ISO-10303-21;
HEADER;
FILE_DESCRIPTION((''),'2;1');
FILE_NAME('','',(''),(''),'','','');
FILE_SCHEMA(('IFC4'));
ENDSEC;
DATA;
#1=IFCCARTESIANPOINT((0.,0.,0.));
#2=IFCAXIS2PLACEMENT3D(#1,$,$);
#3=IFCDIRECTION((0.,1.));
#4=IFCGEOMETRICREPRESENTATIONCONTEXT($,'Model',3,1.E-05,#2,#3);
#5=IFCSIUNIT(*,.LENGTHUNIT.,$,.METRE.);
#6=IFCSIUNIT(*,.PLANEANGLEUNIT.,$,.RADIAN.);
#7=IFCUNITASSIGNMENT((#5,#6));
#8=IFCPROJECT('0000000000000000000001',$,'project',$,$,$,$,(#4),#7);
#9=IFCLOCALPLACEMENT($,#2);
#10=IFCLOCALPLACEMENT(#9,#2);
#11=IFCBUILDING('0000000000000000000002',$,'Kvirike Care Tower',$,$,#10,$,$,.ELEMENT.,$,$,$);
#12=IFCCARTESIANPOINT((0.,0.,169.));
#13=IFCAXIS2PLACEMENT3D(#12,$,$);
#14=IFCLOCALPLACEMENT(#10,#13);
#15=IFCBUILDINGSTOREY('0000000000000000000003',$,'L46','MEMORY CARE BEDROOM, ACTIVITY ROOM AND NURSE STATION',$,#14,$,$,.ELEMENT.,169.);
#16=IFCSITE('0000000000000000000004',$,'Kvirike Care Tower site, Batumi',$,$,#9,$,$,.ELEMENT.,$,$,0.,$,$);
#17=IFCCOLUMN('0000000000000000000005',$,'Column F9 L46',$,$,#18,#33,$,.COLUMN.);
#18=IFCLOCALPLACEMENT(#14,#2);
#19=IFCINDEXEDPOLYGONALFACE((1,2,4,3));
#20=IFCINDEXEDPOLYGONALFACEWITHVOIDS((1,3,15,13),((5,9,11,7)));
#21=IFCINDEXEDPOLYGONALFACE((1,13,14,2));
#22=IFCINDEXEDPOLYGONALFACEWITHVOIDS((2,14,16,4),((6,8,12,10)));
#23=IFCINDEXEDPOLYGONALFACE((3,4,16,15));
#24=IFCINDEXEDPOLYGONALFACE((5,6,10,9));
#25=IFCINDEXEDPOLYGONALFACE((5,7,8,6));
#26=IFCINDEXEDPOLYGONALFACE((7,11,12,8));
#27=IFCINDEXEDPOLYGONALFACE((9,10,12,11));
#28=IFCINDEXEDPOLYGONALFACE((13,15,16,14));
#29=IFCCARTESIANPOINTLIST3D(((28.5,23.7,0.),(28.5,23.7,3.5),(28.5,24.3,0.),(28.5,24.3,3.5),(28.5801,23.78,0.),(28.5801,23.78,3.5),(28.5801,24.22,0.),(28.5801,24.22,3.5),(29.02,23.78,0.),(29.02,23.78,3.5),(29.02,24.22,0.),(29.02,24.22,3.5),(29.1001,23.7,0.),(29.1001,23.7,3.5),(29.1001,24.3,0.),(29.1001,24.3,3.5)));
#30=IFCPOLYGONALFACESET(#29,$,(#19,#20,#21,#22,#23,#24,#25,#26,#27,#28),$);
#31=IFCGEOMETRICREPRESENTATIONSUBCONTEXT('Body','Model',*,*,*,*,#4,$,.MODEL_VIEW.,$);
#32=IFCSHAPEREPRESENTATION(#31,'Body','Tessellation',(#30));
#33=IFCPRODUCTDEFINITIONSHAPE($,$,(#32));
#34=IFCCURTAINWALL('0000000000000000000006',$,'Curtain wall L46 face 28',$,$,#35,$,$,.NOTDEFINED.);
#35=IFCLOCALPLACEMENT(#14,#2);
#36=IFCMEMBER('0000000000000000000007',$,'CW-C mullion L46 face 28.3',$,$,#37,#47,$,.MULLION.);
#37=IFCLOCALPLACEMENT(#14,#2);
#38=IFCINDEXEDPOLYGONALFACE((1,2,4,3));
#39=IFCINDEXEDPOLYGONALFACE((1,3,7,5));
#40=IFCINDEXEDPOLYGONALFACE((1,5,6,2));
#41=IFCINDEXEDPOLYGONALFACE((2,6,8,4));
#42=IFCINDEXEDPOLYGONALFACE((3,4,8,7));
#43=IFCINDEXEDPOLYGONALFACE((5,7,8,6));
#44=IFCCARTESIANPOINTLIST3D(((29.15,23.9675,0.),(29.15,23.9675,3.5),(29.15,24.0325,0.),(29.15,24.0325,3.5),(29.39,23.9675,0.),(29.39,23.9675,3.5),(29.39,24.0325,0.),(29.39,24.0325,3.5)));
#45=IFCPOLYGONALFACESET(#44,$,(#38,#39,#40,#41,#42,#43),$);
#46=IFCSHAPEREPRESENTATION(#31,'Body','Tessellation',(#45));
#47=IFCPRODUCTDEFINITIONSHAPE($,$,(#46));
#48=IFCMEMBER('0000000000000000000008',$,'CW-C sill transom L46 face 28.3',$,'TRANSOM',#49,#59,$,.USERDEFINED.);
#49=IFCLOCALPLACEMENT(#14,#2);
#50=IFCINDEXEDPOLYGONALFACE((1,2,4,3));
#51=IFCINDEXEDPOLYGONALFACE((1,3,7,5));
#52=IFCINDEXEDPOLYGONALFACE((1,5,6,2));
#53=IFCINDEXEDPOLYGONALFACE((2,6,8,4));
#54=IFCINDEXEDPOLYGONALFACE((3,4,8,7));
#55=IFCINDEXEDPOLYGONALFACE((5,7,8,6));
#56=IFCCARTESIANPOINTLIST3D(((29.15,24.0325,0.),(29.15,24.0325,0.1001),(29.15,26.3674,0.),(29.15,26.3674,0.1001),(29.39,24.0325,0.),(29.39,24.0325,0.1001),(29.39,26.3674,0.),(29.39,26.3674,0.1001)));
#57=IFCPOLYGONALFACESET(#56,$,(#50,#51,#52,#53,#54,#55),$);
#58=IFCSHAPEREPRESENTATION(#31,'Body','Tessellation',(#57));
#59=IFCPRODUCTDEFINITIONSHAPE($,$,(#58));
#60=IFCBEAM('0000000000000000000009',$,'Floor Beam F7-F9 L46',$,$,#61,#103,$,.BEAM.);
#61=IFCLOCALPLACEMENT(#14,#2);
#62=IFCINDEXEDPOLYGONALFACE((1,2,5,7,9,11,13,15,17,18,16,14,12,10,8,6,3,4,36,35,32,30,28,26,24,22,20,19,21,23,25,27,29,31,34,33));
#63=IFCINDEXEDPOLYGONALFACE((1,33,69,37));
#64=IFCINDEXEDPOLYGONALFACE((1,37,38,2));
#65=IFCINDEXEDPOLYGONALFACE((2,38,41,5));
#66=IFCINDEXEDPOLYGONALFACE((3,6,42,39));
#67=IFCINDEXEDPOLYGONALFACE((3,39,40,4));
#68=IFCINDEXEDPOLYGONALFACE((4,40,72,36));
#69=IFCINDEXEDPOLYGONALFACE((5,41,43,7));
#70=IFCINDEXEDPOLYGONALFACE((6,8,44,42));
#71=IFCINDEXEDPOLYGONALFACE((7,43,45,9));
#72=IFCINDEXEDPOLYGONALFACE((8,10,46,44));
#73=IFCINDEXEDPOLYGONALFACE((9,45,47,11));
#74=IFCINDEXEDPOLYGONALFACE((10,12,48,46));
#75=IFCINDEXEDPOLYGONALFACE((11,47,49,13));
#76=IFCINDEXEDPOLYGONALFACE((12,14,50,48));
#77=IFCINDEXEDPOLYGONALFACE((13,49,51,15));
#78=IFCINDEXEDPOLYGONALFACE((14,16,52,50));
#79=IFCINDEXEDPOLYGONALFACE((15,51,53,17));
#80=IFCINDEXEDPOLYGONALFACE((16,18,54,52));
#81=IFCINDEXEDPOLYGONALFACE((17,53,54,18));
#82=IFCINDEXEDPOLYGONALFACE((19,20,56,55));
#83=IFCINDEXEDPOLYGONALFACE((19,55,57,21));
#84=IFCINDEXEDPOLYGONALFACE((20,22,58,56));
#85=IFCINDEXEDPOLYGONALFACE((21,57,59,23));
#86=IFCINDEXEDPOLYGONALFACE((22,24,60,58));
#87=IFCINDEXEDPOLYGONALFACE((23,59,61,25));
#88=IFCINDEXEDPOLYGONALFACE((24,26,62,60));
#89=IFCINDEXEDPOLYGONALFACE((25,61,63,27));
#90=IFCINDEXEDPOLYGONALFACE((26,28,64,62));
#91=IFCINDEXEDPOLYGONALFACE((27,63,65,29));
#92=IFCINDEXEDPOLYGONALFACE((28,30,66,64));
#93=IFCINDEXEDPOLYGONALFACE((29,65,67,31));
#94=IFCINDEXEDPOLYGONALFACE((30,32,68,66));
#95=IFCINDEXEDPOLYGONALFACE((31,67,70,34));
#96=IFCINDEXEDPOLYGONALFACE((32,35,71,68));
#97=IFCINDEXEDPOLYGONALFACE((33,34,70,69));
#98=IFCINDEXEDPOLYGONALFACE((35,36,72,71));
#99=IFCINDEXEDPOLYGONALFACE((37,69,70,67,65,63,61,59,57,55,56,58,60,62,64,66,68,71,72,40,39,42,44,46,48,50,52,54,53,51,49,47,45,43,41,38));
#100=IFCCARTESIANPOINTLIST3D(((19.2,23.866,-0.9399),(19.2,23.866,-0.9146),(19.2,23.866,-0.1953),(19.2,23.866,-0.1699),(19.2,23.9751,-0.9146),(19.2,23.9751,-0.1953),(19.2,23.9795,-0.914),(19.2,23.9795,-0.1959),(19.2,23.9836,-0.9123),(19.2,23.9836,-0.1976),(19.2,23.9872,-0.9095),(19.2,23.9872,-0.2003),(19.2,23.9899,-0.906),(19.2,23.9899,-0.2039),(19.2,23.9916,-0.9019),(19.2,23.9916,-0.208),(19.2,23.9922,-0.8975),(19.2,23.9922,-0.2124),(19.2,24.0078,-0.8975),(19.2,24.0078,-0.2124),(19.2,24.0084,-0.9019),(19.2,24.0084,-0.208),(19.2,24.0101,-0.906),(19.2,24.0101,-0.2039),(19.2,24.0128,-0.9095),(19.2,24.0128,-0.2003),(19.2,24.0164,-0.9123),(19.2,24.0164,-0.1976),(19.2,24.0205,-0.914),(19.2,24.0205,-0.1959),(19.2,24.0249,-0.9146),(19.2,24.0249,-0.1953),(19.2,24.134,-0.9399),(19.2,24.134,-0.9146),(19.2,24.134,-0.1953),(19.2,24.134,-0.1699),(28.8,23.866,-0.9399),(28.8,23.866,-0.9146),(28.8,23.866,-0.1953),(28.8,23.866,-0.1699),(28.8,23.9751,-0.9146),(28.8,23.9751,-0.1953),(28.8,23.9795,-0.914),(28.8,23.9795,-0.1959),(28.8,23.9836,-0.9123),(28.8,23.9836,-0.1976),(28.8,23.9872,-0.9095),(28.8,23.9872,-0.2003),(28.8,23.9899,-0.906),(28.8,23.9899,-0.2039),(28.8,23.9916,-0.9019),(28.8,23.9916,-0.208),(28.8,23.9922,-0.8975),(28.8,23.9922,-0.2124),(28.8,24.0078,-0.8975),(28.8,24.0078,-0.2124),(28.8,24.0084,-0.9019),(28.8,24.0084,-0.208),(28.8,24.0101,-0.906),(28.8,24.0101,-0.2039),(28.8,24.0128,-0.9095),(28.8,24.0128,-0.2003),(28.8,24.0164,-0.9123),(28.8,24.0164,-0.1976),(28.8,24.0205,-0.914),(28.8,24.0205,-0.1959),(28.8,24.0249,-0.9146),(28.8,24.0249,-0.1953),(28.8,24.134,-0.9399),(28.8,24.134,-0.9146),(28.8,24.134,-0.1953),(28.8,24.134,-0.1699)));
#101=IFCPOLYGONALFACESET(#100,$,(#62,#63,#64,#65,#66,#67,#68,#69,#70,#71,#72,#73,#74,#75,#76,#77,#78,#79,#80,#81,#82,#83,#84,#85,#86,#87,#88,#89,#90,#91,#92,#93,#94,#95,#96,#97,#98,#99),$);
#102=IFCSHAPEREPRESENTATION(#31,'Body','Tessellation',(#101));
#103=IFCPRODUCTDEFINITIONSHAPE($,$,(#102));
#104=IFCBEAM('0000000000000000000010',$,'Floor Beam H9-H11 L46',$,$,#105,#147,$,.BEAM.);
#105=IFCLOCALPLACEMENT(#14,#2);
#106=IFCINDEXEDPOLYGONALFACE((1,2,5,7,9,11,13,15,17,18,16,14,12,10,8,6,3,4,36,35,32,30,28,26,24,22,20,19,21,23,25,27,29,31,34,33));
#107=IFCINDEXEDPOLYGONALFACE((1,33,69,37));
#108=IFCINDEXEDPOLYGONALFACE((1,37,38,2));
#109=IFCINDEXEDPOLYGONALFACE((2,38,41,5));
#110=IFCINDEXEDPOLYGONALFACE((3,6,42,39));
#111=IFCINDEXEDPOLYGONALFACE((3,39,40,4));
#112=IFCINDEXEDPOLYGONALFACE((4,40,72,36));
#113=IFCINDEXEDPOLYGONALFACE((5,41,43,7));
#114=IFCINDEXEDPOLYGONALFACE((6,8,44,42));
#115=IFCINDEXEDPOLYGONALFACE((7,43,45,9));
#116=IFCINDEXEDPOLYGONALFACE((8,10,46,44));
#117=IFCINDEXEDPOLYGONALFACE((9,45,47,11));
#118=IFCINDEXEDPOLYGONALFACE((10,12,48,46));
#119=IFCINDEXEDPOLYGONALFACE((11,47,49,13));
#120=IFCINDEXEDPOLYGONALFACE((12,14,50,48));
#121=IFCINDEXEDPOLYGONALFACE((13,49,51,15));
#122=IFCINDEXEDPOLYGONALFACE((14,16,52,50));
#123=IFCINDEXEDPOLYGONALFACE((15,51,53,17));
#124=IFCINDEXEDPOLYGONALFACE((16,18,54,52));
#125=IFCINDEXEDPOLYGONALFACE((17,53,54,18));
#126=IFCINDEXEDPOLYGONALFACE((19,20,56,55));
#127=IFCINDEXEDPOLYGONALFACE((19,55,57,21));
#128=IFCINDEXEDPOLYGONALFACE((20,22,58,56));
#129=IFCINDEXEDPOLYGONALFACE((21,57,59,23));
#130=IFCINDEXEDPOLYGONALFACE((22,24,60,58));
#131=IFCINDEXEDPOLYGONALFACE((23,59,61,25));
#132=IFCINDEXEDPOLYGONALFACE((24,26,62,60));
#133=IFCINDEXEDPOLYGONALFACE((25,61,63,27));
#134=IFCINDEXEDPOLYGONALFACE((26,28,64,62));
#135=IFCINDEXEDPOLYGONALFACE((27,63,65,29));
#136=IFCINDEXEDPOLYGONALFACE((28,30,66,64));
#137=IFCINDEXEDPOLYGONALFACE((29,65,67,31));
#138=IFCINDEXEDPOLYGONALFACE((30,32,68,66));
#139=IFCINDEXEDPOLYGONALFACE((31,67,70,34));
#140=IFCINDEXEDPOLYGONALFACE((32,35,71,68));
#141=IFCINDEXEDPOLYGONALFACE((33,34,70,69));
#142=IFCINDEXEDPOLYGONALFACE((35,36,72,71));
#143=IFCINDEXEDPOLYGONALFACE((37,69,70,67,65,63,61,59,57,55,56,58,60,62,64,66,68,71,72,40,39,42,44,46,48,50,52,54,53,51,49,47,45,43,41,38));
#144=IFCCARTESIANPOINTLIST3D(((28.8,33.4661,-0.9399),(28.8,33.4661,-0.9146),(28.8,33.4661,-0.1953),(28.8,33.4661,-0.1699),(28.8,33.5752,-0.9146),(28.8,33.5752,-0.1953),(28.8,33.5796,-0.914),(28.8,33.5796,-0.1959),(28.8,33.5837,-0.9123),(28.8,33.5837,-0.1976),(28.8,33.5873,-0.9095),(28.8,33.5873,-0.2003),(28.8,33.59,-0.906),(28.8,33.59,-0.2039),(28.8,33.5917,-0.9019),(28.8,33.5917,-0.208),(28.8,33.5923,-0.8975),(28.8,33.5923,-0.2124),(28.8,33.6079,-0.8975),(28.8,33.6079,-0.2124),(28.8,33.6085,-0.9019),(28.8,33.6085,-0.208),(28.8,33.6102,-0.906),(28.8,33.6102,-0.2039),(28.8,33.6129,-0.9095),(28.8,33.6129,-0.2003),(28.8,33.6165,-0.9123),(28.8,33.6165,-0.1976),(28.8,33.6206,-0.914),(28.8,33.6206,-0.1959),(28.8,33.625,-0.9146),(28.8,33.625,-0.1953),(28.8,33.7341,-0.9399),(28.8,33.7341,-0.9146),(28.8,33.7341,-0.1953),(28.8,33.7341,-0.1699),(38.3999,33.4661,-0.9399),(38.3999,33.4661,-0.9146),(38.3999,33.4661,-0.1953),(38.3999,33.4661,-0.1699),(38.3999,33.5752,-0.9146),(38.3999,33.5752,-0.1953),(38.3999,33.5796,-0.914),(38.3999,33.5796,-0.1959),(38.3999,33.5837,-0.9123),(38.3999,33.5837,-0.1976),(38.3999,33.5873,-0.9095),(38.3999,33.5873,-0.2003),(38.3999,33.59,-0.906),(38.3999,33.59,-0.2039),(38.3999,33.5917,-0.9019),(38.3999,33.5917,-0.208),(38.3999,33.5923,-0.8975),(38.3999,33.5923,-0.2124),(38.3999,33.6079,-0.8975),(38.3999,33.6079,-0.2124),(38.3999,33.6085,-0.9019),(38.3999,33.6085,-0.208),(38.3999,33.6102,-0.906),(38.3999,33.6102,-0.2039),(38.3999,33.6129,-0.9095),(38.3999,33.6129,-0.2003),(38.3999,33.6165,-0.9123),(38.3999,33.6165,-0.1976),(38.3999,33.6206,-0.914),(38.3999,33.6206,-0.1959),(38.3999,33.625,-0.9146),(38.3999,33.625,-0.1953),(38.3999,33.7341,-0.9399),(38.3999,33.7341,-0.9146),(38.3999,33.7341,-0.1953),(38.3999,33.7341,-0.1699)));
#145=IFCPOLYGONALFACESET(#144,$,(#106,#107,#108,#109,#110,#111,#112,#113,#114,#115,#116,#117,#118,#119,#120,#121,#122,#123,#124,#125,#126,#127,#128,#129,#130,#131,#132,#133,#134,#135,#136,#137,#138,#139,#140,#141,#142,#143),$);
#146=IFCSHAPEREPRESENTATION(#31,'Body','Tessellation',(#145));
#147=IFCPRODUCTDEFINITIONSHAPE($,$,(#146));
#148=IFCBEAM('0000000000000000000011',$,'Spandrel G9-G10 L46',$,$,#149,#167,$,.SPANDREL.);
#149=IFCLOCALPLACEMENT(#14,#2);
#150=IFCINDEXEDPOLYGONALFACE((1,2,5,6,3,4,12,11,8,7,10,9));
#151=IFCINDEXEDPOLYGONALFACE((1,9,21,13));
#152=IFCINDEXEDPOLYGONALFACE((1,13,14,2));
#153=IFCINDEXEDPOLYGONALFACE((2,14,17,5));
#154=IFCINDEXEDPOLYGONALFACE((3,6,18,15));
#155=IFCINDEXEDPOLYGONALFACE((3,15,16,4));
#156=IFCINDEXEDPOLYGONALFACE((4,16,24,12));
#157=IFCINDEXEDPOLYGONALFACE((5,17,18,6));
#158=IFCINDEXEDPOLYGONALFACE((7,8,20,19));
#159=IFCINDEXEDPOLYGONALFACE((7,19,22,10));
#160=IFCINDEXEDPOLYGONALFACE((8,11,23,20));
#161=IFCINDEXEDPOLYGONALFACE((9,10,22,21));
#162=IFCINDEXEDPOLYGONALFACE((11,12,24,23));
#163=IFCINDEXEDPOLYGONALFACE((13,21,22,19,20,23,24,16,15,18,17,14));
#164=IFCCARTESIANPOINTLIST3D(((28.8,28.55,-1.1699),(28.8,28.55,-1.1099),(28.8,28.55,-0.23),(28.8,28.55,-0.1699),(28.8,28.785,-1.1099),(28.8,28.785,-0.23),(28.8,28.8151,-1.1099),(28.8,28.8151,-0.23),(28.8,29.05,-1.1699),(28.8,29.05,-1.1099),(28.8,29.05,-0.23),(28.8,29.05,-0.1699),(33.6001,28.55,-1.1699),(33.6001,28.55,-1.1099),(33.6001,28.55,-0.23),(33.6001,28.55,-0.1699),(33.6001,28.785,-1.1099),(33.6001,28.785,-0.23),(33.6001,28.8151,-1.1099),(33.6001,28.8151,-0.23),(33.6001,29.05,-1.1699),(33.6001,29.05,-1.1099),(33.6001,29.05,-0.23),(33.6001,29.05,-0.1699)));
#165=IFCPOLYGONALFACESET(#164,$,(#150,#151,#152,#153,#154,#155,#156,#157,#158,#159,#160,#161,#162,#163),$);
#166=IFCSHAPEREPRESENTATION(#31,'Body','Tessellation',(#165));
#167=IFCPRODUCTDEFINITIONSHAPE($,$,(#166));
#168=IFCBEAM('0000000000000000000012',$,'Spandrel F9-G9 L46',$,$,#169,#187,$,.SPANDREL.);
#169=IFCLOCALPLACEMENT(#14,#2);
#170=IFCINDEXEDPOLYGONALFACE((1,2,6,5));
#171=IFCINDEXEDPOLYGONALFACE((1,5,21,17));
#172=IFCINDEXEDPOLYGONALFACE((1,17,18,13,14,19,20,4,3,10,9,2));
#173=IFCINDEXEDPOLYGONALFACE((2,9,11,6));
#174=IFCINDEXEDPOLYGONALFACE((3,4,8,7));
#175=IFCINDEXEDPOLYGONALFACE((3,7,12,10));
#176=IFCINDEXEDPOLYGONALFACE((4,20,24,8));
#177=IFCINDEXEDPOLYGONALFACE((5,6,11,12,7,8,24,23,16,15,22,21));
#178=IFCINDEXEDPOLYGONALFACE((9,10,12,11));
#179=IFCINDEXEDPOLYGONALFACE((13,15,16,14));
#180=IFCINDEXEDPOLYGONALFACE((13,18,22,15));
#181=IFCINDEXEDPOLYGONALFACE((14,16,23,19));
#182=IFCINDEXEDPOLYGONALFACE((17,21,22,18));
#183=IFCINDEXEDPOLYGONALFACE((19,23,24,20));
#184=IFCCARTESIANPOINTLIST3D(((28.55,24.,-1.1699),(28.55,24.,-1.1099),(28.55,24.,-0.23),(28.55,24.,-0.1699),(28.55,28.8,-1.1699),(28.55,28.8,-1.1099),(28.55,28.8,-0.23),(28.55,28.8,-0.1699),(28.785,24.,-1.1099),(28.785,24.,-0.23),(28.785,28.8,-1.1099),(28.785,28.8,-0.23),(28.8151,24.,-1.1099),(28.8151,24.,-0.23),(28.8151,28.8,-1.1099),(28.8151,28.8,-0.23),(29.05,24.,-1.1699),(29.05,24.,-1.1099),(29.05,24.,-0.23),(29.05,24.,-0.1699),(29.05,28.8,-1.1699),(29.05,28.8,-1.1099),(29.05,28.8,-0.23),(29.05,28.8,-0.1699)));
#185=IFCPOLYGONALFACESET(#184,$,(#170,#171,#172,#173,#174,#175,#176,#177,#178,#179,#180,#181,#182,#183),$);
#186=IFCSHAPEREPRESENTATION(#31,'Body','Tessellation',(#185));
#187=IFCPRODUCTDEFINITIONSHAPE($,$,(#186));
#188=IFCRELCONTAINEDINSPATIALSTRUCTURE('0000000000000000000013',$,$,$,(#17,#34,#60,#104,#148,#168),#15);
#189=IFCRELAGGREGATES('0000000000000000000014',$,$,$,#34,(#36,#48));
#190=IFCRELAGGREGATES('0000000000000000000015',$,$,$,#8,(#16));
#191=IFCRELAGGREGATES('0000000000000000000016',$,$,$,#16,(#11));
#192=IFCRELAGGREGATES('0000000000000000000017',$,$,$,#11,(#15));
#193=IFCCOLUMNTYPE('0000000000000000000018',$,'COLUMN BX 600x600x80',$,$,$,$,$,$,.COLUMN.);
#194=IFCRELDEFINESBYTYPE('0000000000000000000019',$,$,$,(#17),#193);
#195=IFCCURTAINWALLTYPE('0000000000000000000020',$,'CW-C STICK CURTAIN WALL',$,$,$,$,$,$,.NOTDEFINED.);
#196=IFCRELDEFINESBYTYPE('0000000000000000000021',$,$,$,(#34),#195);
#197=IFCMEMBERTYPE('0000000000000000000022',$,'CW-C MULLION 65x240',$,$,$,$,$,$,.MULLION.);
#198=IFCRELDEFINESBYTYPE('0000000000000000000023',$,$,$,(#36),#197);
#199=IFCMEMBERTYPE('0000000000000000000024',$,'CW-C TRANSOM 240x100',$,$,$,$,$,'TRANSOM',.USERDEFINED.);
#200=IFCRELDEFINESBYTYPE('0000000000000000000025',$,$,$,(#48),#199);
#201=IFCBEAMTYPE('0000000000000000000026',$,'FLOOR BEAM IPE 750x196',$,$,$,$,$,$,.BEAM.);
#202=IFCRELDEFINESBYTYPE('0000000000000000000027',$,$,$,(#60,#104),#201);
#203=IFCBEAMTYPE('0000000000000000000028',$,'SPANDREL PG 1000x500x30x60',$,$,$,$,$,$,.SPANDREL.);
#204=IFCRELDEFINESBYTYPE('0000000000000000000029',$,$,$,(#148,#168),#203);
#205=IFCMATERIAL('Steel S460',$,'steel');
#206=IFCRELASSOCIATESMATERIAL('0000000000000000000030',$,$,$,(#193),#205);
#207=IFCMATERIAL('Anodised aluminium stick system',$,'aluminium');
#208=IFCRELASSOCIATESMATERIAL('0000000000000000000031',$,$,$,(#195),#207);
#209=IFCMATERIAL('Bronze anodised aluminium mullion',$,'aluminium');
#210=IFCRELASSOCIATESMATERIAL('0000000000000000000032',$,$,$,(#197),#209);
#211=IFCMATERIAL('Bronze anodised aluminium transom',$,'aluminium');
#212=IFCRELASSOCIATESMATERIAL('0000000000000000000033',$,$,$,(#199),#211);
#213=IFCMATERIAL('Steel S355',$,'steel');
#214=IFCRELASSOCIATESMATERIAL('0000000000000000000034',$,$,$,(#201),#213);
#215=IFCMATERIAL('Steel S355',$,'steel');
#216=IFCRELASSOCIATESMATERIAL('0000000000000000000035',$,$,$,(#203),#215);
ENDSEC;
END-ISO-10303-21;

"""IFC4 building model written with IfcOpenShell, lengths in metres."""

from ifc_helpers import new_model, si_unit, direction, frame, origin, origin_2d, place, context, subcontext, project, spatial, rectangle, hollow_rectangle, i_section, extrude, material, material_profile, profile_set, type_object, element, aggregate, save


model = new_model("IFC4")

# Units and contexts
model_context = context("Model", 3, precision=1e-05, world=origin(), true_north=direction((0.0, 1.0)))
body_context = subcontext(model_context, "Body", "Model", "MODEL_VIEW")
ifc_project = project(units=[si_unit("LENGTHUNIT", "METRE"), si_unit("PLANEANGLEUNIT", "RADIAN")], contexts=[model_context])

# Site, building, storey
site_placement = place(None, origin())
site = spatial("IfcSite", under=ifc_project, at=site_placement, Name="Kvirike Care Tower site, Batumi", CompositionType="ELEMENT", RefElevation=0.0)
building_placement = place(site_placement, origin())
building = spatial("IfcBuilding", under=site, at=building_placement, Name="Kvirike Care Tower", CompositionType="ELEMENT")
storey_placement = place(building_placement, frame((0.0, 0.0, 169.0)))
storey = spatial("IfcBuildingStorey", under=building, at=storey_placement, Name="L46", Description="MEMORY CARE BEDROOM, ACTIVITY ROOM AND NURSE STATION", CompositionType="ELEMENT", Elevation=169.0)

# Column
ifc_material_1 = material(Name="Steel S460", Category="steel")
ifc_material_profile_1 = material_profile(ifc_material_1, hollow_rectangle(XDim=0.6001, YDim=0.6001, WallThickness=0.0801, at=origin_2d()), Name="BX 600x600x80")
ifc_profile_set_1 = profile_set([ifc_material_profile_1], Name="Steel S460")
column_type = type_object("IfcColumnType", Name="COLUMN BX 600x600x80", PredefinedType="COLUMN", material=ifc_profile_set_1)
column_placement = place(storey_placement, frame((28.8, 24.0, 0.0), z_axis=(0.0, 0.0, 1.0), x_axis=(1.0, 0.0, 0.0)))
element("IfcColumn", 1, at=column_placement, inside=storey, type_object=column_type, Name="Column F9 L46", PredefinedType="COLUMN", context=body_context, shape_type="SweptSolid", body=[
    extrude(hollow_rectangle(XDim=0.6001, YDim=0.6001, WallThickness=0.0801, at=origin_2d()), origin(), (0.0, 0.0, 1.0), 3.5),
])

# Curtain wall, members
ifc_material_2 = material(Name="Anodised aluminium stick system", Category="aluminium")
curtain_wall_type = type_object("IfcCurtainWallType", Name="CW-C STICK CURTAIN WALL", PredefinedType="NOTDEFINED", material=ifc_material_2)
curtain_wall_placement = place(storey_placement, origin())
curtain_wall = element("IfcCurtainWall", 2, at=curtain_wall_placement, inside=storey, type_object=curtain_wall_type, Name="Curtain wall L46 face 28", PredefinedType="NOTDEFINED")
ifc_material_3 = material(Name="Bronze anodised aluminium mullion", Category="aluminium")
ifc_material_profile_2 = material_profile(ifc_material_3, rectangle(XDim=0.0649, YDim=0.24, at=origin_2d()), Name="CW-C MULLION 65x240")
ifc_profile_set_2 = profile_set([ifc_material_profile_2], Name="Bronze anodised aluminium mullion")
member_type_1 = type_object("IfcMemberType", Name="CW-C MULLION 65x240", PredefinedType="MULLION", material=ifc_profile_set_2)
member_1_placement = place(storey_placement, frame((29.27, 24.0, 0.0), z_axis=(0.0, 0.0, 1.0), x_axis=(0.0, 1.0, 0.0)))
member_1 = element("IfcMember", 3, at=member_1_placement, type_object=member_type_1, Name="CW-C mullion L46 face 28.3", PredefinedType="MULLION", context=body_context, shape_type="SweptSolid", body=[
    extrude(rectangle(XDim=0.0649, YDim=0.24, at=origin_2d()), origin(), (0.0, 0.0, 1.0), 3.5),
])
ifc_material_4 = material(Name="Bronze anodised aluminium transom", Category="aluminium")
ifc_material_profile_3 = material_profile(ifc_material_4, rectangle(XDim=0.24, YDim=0.1001, at=origin_2d()), Name="CW-C TRANSOM 240x100")
ifc_profile_set_3 = profile_set([ifc_material_profile_3], Name="Bronze anodised aluminium transom")
member_type_2 = type_object("IfcMemberType", Name="CW-C TRANSOM 240x100", ElementType="TRANSOM", PredefinedType="USERDEFINED", material=ifc_profile_set_3)
member_2_placement = place(storey_placement, frame((29.27, 24.0325, 0.05), z_axis=(0.0, 1.0, 0.0), x_axis=(-1.0, 0.0, 0.0)))
member_2 = element("IfcMember", 4, at=member_2_placement, type_object=member_type_2, Name="CW-C sill transom L46 face 28.3", ObjectType="TRANSOM", PredefinedType="USERDEFINED", context=body_context, shape_type="SweptSolid", body=[
    extrude(rectangle(XDim=0.24, YDim=0.1001, at=origin_2d()), origin(), (0.0, 0.0, 1.0), 2.335),
])

# Beams
ifc_material_5 = material(Name="Steel S355", Category="steel")
ifc_material_profile_4 = material_profile(ifc_material_5, i_section(OverallWidth=0.2681, OverallDepth=0.77, WebThickness=0.0156, FlangeThickness=0.0254, FilletRadius=0.0171, at=origin_2d()), Name="IPE 750x196")
ifc_profile_set_4 = profile_set([ifc_material_profile_4], Name="Steel S355")
beam_type_1 = type_object("IfcBeamType", Name="FLOOR BEAM IPE 750x196", PredefinedType="BEAM", material=ifc_profile_set_4)
beam_1_placement = place(storey_placement, frame((19.2, 24.0, -0.5549), z_axis=(1.0, 0.0, 0.0), x_axis=(0.0, 1.0, 0.0)))
element("IfcBeam", 5, at=beam_1_placement, inside=storey, type_object=beam_type_1, Name="Floor Beam F7-F9 L46", PredefinedType="BEAM", context=body_context, shape_type="SweptSolid", body=[
    extrude(i_section(OverallWidth=0.2681, OverallDepth=0.77, WebThickness=0.0156, FlangeThickness=0.0254, FilletRadius=0.0171, at=origin_2d()), origin(), (0.0, 0.0, 1.0), 9.6001),
])
beam_2_placement = place(storey_placement, frame((28.8, 33.6001, -0.5549), z_axis=(1.0, 0.0, 0.0), x_axis=(0.0, 1.0, 0.0)))
element("IfcBeam", 6, at=beam_2_placement, inside=storey, type_object=beam_type_1, Name="Floor Beam H9-H11 L46", PredefinedType="BEAM", context=body_context, shape_type="SweptSolid", body=[
    extrude(i_section(OverallWidth=0.2681, OverallDepth=0.77, WebThickness=0.0156, FlangeThickness=0.0254, FilletRadius=0.0171, at=origin_2d()), origin(), (0.0, 0.0, 1.0), 9.5999),
])
ifc_material_6 = material(Name="Steel S355", Category="steel")
ifc_material_profile_5 = material_profile(ifc_material_6, i_section(OverallWidth=0.5, OverallDepth=1.0, WebThickness=0.03, FlangeThickness=0.0601, at=origin_2d()), Name="PG 1000x500x30x60")
ifc_profile_set_5 = profile_set([ifc_material_profile_5], Name="Steel S355")
beam_type_2 = type_object("IfcBeamType", Name="SPANDREL PG 1000x500x30x60", PredefinedType="SPANDREL", material=ifc_profile_set_5)
for number, where, z_axis, x_axis, name in (
    (7, (28.8, 28.8, -0.6699), (1.0, 0.0, 0.0), (0.0, 1.0, 0.0), "Spandrel G9-G10 L46"),
    (8, (28.8, 24.0, -0.6699), (0.0, 1.0, 0.0), (-1.0, 0.0, 0.0), "Spandrel F9-G9 L46"),
):
    element("IfcBeam", number, at=place(storey_placement, frame(where, z_axis=z_axis, x_axis=x_axis)), inside=storey, type_object=beam_type_2, Name=name, PredefinedType="SPANDREL", context=body_context, shape_type="SweptSolid", body=[
        extrude(i_section(OverallWidth=0.5, OverallDepth=1.0, WebThickness=0.03, FlangeThickness=0.0601, at=origin_2d()), origin(), (0.0, 0.0, 1.0), 4.8),
    ])

aggregate(curtain_wall, [member_1, member_2])

save(model, "model.ifc")
